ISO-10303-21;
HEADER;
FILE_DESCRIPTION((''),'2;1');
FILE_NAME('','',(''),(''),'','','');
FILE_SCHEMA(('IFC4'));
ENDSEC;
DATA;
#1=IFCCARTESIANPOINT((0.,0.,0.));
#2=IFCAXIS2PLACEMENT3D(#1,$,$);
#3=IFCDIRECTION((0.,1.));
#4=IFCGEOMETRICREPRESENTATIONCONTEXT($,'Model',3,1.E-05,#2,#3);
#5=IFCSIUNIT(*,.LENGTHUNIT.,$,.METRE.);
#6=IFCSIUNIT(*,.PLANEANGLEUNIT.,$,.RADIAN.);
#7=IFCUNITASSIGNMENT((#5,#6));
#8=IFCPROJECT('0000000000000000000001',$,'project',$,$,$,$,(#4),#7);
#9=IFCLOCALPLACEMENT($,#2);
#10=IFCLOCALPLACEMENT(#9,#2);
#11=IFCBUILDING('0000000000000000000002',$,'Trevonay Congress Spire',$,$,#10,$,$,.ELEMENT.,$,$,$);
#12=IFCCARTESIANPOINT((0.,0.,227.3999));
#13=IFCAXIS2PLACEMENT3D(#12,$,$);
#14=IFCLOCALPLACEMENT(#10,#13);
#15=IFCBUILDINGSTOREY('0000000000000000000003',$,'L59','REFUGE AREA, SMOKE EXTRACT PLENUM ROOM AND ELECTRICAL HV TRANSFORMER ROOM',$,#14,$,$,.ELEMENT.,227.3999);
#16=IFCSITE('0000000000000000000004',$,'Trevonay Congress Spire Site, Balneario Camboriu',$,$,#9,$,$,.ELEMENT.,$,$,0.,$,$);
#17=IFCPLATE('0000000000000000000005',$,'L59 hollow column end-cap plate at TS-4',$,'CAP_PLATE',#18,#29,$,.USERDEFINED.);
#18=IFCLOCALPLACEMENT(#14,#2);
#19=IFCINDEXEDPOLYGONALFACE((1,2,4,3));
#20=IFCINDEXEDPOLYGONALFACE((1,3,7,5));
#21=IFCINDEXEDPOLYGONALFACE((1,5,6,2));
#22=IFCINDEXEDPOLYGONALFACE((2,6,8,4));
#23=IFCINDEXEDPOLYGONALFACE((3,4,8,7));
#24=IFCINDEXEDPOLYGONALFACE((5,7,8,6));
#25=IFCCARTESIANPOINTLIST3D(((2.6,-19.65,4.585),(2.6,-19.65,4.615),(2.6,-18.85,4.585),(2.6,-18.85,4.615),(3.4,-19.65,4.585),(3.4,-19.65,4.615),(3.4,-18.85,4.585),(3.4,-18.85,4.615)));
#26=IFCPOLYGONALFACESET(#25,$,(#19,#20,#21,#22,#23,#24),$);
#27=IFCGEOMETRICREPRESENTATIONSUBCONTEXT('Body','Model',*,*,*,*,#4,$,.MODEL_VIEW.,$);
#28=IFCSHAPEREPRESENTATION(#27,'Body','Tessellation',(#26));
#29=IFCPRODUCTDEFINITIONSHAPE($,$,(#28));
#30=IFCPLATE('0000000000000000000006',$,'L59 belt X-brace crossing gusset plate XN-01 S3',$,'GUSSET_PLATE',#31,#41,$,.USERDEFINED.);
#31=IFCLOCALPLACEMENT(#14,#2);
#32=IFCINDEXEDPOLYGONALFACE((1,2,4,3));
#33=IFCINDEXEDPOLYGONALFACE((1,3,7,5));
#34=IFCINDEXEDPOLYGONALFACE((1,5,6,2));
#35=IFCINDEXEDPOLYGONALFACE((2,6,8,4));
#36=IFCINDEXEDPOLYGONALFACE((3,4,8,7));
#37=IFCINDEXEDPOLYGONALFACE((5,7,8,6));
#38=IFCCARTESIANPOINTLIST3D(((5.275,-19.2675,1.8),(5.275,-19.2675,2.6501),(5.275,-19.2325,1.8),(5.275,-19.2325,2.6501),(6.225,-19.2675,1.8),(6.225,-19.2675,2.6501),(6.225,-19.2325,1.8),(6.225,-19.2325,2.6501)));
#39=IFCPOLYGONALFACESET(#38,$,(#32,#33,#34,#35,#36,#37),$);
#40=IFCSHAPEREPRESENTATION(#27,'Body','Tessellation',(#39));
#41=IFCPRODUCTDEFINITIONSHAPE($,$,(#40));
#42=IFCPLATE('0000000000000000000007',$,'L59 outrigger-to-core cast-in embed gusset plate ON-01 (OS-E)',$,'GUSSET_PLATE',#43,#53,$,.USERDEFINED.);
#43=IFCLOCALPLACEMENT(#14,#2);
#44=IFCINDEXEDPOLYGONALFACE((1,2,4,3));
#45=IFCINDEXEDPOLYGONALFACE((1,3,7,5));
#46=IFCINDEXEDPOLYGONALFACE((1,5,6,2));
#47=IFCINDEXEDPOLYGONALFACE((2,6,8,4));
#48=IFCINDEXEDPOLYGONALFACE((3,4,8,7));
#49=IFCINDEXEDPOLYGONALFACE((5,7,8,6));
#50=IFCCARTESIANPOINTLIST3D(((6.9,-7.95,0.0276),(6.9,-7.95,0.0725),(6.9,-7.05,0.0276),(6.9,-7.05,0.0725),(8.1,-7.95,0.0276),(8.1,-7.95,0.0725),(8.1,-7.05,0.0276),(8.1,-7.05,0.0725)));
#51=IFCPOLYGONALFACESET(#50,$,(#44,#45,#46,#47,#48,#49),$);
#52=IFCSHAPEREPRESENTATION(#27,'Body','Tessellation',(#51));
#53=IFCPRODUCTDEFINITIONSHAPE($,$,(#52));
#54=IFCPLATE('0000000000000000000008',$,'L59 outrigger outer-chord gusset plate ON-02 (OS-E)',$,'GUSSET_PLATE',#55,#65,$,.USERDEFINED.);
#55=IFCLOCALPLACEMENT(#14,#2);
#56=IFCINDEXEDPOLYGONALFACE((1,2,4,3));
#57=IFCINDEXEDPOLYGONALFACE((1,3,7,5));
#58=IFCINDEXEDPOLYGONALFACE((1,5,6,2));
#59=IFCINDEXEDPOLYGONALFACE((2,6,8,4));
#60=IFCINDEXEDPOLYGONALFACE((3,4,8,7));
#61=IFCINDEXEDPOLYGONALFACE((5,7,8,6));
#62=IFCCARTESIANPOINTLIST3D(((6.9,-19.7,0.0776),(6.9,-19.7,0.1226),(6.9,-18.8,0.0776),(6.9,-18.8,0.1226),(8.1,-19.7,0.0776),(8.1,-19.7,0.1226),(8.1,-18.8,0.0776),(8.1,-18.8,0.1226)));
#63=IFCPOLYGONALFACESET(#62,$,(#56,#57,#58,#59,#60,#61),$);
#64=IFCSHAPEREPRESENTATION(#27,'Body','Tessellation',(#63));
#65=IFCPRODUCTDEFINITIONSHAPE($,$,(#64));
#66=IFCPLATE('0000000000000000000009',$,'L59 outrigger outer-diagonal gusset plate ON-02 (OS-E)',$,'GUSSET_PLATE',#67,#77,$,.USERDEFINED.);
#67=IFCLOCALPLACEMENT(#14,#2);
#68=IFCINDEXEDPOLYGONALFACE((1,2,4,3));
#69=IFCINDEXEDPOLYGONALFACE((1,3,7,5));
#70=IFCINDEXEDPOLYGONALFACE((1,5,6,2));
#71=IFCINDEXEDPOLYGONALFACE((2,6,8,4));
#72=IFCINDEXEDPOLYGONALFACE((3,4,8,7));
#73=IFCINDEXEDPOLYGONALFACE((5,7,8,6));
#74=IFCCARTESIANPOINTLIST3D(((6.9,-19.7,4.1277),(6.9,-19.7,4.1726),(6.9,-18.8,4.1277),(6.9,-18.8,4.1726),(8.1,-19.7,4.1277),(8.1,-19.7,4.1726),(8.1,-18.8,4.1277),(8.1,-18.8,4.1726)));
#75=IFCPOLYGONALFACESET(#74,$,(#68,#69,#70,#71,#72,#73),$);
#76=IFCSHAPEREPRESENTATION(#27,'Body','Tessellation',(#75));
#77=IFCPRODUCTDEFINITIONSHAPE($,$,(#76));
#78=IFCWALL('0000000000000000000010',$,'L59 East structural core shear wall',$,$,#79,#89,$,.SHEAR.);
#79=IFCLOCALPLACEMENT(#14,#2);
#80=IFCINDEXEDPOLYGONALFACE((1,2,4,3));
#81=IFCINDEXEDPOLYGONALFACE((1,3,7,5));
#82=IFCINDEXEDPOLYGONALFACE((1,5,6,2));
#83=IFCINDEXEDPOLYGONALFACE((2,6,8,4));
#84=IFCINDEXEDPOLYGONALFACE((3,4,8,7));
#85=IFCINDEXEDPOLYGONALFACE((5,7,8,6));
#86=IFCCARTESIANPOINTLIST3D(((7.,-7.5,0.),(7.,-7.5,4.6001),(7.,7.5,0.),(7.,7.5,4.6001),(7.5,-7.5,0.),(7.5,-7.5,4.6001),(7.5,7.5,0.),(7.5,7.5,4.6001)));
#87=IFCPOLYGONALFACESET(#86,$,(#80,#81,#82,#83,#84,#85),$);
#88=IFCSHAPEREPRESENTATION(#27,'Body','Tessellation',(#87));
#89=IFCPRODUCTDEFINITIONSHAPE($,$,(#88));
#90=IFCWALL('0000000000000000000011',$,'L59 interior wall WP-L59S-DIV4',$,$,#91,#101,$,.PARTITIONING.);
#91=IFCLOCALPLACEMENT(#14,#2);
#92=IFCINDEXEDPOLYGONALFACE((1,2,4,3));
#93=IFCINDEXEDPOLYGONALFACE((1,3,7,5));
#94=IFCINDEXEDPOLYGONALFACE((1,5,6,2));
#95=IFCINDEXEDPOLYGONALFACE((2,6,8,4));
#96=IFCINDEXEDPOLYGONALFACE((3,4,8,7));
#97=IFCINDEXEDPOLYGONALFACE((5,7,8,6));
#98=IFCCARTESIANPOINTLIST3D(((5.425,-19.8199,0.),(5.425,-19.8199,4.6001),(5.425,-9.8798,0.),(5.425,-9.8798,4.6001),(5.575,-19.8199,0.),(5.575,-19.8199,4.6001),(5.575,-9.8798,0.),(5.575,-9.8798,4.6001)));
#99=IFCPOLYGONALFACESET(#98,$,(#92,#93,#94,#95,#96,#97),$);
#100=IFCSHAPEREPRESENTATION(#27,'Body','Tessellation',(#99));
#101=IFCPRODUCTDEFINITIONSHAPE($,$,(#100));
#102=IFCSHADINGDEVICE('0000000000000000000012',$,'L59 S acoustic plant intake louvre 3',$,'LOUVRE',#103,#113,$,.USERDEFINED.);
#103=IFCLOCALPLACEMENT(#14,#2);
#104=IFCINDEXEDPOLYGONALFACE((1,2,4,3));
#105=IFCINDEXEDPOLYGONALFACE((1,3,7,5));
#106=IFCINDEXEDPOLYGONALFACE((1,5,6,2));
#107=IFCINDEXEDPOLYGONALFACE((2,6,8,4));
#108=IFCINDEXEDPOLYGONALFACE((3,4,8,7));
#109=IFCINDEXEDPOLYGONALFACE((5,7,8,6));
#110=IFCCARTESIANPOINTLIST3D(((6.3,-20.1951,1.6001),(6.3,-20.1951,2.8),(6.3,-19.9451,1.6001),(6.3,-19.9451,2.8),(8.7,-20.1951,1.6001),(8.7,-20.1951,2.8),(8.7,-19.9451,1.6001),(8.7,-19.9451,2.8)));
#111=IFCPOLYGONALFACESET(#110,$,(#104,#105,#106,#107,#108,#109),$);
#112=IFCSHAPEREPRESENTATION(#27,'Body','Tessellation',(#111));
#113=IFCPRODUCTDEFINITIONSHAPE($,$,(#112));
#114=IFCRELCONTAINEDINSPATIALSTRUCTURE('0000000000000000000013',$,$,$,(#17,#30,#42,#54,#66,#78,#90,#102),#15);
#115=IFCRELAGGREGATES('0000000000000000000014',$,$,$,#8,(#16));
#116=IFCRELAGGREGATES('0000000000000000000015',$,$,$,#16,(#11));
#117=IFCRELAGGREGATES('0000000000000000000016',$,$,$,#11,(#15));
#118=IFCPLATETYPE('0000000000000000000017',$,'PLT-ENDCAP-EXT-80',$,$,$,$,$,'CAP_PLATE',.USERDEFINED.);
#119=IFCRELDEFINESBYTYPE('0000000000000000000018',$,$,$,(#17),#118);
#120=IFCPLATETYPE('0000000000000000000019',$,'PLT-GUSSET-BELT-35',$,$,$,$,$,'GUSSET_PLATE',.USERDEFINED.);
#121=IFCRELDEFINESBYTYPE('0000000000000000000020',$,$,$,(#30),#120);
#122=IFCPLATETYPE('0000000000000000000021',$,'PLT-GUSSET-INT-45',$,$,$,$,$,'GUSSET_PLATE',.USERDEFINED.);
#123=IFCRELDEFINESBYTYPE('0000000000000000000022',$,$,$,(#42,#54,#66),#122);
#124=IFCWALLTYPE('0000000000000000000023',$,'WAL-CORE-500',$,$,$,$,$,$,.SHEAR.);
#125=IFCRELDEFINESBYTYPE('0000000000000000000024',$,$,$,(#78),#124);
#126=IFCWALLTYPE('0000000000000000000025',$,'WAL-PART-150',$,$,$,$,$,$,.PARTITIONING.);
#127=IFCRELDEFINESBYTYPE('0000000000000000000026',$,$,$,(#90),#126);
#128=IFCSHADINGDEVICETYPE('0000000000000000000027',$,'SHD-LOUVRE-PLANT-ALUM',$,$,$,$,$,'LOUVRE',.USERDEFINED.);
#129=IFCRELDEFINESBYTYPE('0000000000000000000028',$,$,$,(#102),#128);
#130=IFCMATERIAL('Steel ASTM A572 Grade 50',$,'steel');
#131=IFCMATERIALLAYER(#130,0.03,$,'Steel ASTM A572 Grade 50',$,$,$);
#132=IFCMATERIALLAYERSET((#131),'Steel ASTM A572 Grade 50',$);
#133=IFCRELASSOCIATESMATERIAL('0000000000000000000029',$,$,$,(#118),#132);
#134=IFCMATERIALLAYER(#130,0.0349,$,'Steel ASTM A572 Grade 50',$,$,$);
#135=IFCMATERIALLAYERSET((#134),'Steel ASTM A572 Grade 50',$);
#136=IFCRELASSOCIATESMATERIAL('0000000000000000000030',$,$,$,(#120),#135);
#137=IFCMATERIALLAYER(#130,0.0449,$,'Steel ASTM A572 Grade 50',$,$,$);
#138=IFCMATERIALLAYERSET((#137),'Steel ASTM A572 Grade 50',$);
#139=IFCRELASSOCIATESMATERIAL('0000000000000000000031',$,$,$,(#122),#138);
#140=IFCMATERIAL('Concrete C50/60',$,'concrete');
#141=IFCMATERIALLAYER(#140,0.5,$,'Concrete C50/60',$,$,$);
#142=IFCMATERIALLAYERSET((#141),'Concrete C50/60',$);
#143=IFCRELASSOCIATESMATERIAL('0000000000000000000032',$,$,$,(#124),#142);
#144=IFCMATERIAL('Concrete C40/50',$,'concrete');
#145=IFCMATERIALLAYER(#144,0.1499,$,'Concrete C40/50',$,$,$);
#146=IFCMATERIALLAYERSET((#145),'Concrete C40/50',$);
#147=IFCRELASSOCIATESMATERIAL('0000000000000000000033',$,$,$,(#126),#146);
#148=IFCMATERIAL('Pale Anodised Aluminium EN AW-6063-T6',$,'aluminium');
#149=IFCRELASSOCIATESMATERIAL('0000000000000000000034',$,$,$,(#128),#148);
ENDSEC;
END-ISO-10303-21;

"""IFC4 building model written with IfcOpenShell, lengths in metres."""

from ifc_helpers import new_model, si_unit, direction, frame, frame_2d, origin, origin_2d, place, context, subcontext, project, spatial, rectangle, extrude, material, layer, layer_set, type_object, element, save


model = new_model("IFC4")

# Units and contexts
model_context = context("Model", 3, precision=1e-05, world=origin(), true_north=direction((0.0, 1.0)))
body_context = subcontext(model_context, "Body", "Model", "MODEL_VIEW")
ifc_project = project(units=[si_unit("LENGTHUNIT", "METRE"), si_unit("PLANEANGLEUNIT", "RADIAN")], contexts=[model_context])

# Site, building, storey
site_placement = place(None, origin())
site = spatial("IfcSite", under=ifc_project, at=site_placement, Name="Trevonay Congress Spire Site, Balneario Camboriu", CompositionType="ELEMENT", RefElevation=0.0)
building_placement = place(site_placement, origin())
building = spatial("IfcBuilding", under=site, at=building_placement, Name="Trevonay Congress Spire", CompositionType="ELEMENT")
storey_placement = place(building_placement, frame((0.0, 0.0, 227.3999)))
storey = spatial("IfcBuildingStorey", under=building, at=storey_placement, Name="L59", Description="REFUGE AREA, SMOKE EXTRACT PLENUM ROOM AND ELECTRICAL HV TRANSFORMER ROOM", CompositionType="ELEMENT", Elevation=227.3999)

# Shared definitions
ifc_material_1 = material(Name="Steel ASTM A572 Grade 50", Category="steel")

# Plates
ifc_layer_1 = layer(ifc_material_1, 0.03, Name="Steel ASTM A572 Grade 50")
ifc_layer_set_1 = layer_set([ifc_layer_1], Name="Steel ASTM A572 Grade 50")
plate_type_1 = type_object("IfcPlateType", Name="PLT-ENDCAP-EXT-80", ElementType="CAP_PLATE", PredefinedType="USERDEFINED", material=ifc_layer_set_1)
plate_1_placement = place(storey_placement, frame((3.0, -19.25, 4.585), z_axis=(0.0, 0.0, 1.0), x_axis=(1.0, 0.0, 0.0)))
element("IfcPlate", 1, at=plate_1_placement, inside=storey, type_object=plate_type_1, Name="L59 hollow column end-cap plate at TS-4", ObjectType="CAP_PLATE", PredefinedType="USERDEFINED", context=body_context, shape_type="SweptSolid", body=[
    extrude(rectangle(XDim=0.8, YDim=0.8, at=origin_2d()), origin(), (0.0, 0.0, 1.0), 0.03),
])
ifc_layer_2 = layer(ifc_material_1, 0.0349, Name="Steel ASTM A572 Grade 50")
ifc_layer_set_2 = layer_set([ifc_layer_2], Name="Steel ASTM A572 Grade 50")
plate_type_2 = type_object("IfcPlateType", Name="PLT-GUSSET-BELT-35", ElementType="GUSSET_PLATE", PredefinedType="USERDEFINED", material=ifc_layer_set_2)
plate_2_placement = place(storey_placement, frame((5.75, -19.25, 1.8), z_axis=(0.0, 0.0, 1.0), x_axis=(1.0, 0.0, 0.0)))
element("IfcPlate", 2, at=plate_2_placement, inside=storey, type_object=plate_type_2, Name="L59 belt X-brace crossing gusset plate XN-01 S3", ObjectType="GUSSET_PLATE", PredefinedType="USERDEFINED", context=body_context, shape_type="SweptSolid", body=[
    extrude(rectangle(XDim=0.95, YDim=0.0349, at=origin_2d()), origin(), (0.0, 0.0, 1.0), 0.8501),
])
ifc_layer_3 = layer(ifc_material_1, 0.0449, Name="Steel ASTM A572 Grade 50")
ifc_layer_set_3 = layer_set([ifc_layer_3], Name="Steel ASTM A572 Grade 50")
plate_type_3 = type_object("IfcPlateType", Name="PLT-GUSSET-INT-45", ElementType="GUSSET_PLATE", PredefinedType="USERDEFINED", material=ifc_layer_set_3)
for number, where, z_axis, x_axis, name in (
    (3, (7.5, -7.5, 0.0276), (0.0, 0.0, 1.0), (1.0, 0.0, 0.0), "L59 outrigger-to-core cast-in embed gusset plate ON-01 (OS-E)"),
    (4, (7.5, -19.25, 0.0776), (0.0, 0.0, 1.0), (1.0, 0.0, 0.0), "L59 outrigger outer-chord gusset plate ON-02 (OS-E)"),
    (5, (7.5, -19.25, 4.1277), (0.0, 0.0, 1.0), (1.0, 0.0, 0.0), "L59 outrigger outer-diagonal gusset plate ON-02 (OS-E)"),
):
    element("IfcPlate", number, at=place(storey_placement, frame(where, z_axis=z_axis, x_axis=x_axis)), inside=storey, type_object=plate_type_3, Name=name, ObjectType="GUSSET_PLATE", PredefinedType="USERDEFINED", context=body_context, shape_type="SweptSolid", body=[
        extrude(rectangle(XDim=1.2, YDim=0.8999, at=origin_2d()), origin(), (0.0, 0.0, 1.0), 0.0449),
    ])

# Walls
ifc_material_2 = material(Name="Concrete C50/60", Category="concrete")
ifc_layer_4 = layer(ifc_material_2, 0.5, Name="Concrete C50/60")
ifc_layer_set_4 = layer_set([ifc_layer_4], Name="Concrete C50/60")
wall_type_1 = type_object("IfcWallType", Name="WAL-CORE-500", PredefinedType="SHEAR", material=ifc_layer_set_4)
wall_1_placement = place(storey_placement, frame((7.25, -7.5, 0.0), z_axis=(0.0, 0.0, 1.0), x_axis=(0.0, 1.0, 0.0)))
element("IfcWall", 6, at=wall_1_placement, inside=storey, type_object=wall_type_1, Name="L59 East structural core shear wall", PredefinedType="SHEAR", context=body_context, shape_type="SweptSolid", body=[
    extrude(rectangle(XDim=15.0, YDim=0.5, at=frame_2d((7.5, 0.0))), origin(), (0.0, 0.0, 1.0), 4.6001),
])
ifc_material_3 = material(Name="Concrete C40/50", Category="concrete")
ifc_layer_5 = layer(ifc_material_3, 0.1499, Name="Concrete C40/50")
ifc_layer_set_5 = layer_set([ifc_layer_5], Name="Concrete C40/50")
wall_type_2 = type_object("IfcWallType", Name="WAL-PART-150", PredefinedType="PARTITIONING", material=ifc_layer_set_5)
wall_2_placement = place(storey_placement, frame((5.5, -19.8201, 0.0), z_axis=(0.0, 0.0, 1.0), x_axis=(0.0, 1.0, 0.0)))
element("IfcWall", 7, at=wall_2_placement, inside=storey, type_object=wall_type_2, Name="L59 interior wall WP-L59S-DIV4", PredefinedType="PARTITIONING", context=body_context, shape_type="SweptSolid", body=[
    extrude(rectangle(XDim=9.9402, YDim=0.1499, at=frame_2d((4.9702, 0.0))), origin(), (0.0, 0.0, 1.0), 4.6001),
])

# Shading device
ifc_material_4 = material(Name="Pale Anodised Aluminium EN AW-6063-T6", Category="aluminium")
shading_device_type = type_object("IfcShadingDeviceType", Name="SHD-LOUVRE-PLANT-ALUM", ElementType="LOUVRE", PredefinedType="USERDEFINED", material=ifc_material_4)
shading_device_placement = place(storey_placement, frame((7.5, -20.0701, 1.6001), z_axis=(0.0, 0.0, 1.0), x_axis=(1.0, 0.0, 0.0)))
element("IfcShadingDevice", 8, at=shading_device_placement, inside=storey, type_object=shading_device_type, Name="L59 S acoustic plant intake louvre 3", ObjectType="LOUVRE", PredefinedType="USERDEFINED", context=body_context, shape_type="SweptSolid", body=[
    extrude(rectangle(XDim=2.3999, YDim=0.25, at=origin_2d()), origin(), (0.0, 0.0, 1.0), 1.2),
])

save(model, "model.ifc")
